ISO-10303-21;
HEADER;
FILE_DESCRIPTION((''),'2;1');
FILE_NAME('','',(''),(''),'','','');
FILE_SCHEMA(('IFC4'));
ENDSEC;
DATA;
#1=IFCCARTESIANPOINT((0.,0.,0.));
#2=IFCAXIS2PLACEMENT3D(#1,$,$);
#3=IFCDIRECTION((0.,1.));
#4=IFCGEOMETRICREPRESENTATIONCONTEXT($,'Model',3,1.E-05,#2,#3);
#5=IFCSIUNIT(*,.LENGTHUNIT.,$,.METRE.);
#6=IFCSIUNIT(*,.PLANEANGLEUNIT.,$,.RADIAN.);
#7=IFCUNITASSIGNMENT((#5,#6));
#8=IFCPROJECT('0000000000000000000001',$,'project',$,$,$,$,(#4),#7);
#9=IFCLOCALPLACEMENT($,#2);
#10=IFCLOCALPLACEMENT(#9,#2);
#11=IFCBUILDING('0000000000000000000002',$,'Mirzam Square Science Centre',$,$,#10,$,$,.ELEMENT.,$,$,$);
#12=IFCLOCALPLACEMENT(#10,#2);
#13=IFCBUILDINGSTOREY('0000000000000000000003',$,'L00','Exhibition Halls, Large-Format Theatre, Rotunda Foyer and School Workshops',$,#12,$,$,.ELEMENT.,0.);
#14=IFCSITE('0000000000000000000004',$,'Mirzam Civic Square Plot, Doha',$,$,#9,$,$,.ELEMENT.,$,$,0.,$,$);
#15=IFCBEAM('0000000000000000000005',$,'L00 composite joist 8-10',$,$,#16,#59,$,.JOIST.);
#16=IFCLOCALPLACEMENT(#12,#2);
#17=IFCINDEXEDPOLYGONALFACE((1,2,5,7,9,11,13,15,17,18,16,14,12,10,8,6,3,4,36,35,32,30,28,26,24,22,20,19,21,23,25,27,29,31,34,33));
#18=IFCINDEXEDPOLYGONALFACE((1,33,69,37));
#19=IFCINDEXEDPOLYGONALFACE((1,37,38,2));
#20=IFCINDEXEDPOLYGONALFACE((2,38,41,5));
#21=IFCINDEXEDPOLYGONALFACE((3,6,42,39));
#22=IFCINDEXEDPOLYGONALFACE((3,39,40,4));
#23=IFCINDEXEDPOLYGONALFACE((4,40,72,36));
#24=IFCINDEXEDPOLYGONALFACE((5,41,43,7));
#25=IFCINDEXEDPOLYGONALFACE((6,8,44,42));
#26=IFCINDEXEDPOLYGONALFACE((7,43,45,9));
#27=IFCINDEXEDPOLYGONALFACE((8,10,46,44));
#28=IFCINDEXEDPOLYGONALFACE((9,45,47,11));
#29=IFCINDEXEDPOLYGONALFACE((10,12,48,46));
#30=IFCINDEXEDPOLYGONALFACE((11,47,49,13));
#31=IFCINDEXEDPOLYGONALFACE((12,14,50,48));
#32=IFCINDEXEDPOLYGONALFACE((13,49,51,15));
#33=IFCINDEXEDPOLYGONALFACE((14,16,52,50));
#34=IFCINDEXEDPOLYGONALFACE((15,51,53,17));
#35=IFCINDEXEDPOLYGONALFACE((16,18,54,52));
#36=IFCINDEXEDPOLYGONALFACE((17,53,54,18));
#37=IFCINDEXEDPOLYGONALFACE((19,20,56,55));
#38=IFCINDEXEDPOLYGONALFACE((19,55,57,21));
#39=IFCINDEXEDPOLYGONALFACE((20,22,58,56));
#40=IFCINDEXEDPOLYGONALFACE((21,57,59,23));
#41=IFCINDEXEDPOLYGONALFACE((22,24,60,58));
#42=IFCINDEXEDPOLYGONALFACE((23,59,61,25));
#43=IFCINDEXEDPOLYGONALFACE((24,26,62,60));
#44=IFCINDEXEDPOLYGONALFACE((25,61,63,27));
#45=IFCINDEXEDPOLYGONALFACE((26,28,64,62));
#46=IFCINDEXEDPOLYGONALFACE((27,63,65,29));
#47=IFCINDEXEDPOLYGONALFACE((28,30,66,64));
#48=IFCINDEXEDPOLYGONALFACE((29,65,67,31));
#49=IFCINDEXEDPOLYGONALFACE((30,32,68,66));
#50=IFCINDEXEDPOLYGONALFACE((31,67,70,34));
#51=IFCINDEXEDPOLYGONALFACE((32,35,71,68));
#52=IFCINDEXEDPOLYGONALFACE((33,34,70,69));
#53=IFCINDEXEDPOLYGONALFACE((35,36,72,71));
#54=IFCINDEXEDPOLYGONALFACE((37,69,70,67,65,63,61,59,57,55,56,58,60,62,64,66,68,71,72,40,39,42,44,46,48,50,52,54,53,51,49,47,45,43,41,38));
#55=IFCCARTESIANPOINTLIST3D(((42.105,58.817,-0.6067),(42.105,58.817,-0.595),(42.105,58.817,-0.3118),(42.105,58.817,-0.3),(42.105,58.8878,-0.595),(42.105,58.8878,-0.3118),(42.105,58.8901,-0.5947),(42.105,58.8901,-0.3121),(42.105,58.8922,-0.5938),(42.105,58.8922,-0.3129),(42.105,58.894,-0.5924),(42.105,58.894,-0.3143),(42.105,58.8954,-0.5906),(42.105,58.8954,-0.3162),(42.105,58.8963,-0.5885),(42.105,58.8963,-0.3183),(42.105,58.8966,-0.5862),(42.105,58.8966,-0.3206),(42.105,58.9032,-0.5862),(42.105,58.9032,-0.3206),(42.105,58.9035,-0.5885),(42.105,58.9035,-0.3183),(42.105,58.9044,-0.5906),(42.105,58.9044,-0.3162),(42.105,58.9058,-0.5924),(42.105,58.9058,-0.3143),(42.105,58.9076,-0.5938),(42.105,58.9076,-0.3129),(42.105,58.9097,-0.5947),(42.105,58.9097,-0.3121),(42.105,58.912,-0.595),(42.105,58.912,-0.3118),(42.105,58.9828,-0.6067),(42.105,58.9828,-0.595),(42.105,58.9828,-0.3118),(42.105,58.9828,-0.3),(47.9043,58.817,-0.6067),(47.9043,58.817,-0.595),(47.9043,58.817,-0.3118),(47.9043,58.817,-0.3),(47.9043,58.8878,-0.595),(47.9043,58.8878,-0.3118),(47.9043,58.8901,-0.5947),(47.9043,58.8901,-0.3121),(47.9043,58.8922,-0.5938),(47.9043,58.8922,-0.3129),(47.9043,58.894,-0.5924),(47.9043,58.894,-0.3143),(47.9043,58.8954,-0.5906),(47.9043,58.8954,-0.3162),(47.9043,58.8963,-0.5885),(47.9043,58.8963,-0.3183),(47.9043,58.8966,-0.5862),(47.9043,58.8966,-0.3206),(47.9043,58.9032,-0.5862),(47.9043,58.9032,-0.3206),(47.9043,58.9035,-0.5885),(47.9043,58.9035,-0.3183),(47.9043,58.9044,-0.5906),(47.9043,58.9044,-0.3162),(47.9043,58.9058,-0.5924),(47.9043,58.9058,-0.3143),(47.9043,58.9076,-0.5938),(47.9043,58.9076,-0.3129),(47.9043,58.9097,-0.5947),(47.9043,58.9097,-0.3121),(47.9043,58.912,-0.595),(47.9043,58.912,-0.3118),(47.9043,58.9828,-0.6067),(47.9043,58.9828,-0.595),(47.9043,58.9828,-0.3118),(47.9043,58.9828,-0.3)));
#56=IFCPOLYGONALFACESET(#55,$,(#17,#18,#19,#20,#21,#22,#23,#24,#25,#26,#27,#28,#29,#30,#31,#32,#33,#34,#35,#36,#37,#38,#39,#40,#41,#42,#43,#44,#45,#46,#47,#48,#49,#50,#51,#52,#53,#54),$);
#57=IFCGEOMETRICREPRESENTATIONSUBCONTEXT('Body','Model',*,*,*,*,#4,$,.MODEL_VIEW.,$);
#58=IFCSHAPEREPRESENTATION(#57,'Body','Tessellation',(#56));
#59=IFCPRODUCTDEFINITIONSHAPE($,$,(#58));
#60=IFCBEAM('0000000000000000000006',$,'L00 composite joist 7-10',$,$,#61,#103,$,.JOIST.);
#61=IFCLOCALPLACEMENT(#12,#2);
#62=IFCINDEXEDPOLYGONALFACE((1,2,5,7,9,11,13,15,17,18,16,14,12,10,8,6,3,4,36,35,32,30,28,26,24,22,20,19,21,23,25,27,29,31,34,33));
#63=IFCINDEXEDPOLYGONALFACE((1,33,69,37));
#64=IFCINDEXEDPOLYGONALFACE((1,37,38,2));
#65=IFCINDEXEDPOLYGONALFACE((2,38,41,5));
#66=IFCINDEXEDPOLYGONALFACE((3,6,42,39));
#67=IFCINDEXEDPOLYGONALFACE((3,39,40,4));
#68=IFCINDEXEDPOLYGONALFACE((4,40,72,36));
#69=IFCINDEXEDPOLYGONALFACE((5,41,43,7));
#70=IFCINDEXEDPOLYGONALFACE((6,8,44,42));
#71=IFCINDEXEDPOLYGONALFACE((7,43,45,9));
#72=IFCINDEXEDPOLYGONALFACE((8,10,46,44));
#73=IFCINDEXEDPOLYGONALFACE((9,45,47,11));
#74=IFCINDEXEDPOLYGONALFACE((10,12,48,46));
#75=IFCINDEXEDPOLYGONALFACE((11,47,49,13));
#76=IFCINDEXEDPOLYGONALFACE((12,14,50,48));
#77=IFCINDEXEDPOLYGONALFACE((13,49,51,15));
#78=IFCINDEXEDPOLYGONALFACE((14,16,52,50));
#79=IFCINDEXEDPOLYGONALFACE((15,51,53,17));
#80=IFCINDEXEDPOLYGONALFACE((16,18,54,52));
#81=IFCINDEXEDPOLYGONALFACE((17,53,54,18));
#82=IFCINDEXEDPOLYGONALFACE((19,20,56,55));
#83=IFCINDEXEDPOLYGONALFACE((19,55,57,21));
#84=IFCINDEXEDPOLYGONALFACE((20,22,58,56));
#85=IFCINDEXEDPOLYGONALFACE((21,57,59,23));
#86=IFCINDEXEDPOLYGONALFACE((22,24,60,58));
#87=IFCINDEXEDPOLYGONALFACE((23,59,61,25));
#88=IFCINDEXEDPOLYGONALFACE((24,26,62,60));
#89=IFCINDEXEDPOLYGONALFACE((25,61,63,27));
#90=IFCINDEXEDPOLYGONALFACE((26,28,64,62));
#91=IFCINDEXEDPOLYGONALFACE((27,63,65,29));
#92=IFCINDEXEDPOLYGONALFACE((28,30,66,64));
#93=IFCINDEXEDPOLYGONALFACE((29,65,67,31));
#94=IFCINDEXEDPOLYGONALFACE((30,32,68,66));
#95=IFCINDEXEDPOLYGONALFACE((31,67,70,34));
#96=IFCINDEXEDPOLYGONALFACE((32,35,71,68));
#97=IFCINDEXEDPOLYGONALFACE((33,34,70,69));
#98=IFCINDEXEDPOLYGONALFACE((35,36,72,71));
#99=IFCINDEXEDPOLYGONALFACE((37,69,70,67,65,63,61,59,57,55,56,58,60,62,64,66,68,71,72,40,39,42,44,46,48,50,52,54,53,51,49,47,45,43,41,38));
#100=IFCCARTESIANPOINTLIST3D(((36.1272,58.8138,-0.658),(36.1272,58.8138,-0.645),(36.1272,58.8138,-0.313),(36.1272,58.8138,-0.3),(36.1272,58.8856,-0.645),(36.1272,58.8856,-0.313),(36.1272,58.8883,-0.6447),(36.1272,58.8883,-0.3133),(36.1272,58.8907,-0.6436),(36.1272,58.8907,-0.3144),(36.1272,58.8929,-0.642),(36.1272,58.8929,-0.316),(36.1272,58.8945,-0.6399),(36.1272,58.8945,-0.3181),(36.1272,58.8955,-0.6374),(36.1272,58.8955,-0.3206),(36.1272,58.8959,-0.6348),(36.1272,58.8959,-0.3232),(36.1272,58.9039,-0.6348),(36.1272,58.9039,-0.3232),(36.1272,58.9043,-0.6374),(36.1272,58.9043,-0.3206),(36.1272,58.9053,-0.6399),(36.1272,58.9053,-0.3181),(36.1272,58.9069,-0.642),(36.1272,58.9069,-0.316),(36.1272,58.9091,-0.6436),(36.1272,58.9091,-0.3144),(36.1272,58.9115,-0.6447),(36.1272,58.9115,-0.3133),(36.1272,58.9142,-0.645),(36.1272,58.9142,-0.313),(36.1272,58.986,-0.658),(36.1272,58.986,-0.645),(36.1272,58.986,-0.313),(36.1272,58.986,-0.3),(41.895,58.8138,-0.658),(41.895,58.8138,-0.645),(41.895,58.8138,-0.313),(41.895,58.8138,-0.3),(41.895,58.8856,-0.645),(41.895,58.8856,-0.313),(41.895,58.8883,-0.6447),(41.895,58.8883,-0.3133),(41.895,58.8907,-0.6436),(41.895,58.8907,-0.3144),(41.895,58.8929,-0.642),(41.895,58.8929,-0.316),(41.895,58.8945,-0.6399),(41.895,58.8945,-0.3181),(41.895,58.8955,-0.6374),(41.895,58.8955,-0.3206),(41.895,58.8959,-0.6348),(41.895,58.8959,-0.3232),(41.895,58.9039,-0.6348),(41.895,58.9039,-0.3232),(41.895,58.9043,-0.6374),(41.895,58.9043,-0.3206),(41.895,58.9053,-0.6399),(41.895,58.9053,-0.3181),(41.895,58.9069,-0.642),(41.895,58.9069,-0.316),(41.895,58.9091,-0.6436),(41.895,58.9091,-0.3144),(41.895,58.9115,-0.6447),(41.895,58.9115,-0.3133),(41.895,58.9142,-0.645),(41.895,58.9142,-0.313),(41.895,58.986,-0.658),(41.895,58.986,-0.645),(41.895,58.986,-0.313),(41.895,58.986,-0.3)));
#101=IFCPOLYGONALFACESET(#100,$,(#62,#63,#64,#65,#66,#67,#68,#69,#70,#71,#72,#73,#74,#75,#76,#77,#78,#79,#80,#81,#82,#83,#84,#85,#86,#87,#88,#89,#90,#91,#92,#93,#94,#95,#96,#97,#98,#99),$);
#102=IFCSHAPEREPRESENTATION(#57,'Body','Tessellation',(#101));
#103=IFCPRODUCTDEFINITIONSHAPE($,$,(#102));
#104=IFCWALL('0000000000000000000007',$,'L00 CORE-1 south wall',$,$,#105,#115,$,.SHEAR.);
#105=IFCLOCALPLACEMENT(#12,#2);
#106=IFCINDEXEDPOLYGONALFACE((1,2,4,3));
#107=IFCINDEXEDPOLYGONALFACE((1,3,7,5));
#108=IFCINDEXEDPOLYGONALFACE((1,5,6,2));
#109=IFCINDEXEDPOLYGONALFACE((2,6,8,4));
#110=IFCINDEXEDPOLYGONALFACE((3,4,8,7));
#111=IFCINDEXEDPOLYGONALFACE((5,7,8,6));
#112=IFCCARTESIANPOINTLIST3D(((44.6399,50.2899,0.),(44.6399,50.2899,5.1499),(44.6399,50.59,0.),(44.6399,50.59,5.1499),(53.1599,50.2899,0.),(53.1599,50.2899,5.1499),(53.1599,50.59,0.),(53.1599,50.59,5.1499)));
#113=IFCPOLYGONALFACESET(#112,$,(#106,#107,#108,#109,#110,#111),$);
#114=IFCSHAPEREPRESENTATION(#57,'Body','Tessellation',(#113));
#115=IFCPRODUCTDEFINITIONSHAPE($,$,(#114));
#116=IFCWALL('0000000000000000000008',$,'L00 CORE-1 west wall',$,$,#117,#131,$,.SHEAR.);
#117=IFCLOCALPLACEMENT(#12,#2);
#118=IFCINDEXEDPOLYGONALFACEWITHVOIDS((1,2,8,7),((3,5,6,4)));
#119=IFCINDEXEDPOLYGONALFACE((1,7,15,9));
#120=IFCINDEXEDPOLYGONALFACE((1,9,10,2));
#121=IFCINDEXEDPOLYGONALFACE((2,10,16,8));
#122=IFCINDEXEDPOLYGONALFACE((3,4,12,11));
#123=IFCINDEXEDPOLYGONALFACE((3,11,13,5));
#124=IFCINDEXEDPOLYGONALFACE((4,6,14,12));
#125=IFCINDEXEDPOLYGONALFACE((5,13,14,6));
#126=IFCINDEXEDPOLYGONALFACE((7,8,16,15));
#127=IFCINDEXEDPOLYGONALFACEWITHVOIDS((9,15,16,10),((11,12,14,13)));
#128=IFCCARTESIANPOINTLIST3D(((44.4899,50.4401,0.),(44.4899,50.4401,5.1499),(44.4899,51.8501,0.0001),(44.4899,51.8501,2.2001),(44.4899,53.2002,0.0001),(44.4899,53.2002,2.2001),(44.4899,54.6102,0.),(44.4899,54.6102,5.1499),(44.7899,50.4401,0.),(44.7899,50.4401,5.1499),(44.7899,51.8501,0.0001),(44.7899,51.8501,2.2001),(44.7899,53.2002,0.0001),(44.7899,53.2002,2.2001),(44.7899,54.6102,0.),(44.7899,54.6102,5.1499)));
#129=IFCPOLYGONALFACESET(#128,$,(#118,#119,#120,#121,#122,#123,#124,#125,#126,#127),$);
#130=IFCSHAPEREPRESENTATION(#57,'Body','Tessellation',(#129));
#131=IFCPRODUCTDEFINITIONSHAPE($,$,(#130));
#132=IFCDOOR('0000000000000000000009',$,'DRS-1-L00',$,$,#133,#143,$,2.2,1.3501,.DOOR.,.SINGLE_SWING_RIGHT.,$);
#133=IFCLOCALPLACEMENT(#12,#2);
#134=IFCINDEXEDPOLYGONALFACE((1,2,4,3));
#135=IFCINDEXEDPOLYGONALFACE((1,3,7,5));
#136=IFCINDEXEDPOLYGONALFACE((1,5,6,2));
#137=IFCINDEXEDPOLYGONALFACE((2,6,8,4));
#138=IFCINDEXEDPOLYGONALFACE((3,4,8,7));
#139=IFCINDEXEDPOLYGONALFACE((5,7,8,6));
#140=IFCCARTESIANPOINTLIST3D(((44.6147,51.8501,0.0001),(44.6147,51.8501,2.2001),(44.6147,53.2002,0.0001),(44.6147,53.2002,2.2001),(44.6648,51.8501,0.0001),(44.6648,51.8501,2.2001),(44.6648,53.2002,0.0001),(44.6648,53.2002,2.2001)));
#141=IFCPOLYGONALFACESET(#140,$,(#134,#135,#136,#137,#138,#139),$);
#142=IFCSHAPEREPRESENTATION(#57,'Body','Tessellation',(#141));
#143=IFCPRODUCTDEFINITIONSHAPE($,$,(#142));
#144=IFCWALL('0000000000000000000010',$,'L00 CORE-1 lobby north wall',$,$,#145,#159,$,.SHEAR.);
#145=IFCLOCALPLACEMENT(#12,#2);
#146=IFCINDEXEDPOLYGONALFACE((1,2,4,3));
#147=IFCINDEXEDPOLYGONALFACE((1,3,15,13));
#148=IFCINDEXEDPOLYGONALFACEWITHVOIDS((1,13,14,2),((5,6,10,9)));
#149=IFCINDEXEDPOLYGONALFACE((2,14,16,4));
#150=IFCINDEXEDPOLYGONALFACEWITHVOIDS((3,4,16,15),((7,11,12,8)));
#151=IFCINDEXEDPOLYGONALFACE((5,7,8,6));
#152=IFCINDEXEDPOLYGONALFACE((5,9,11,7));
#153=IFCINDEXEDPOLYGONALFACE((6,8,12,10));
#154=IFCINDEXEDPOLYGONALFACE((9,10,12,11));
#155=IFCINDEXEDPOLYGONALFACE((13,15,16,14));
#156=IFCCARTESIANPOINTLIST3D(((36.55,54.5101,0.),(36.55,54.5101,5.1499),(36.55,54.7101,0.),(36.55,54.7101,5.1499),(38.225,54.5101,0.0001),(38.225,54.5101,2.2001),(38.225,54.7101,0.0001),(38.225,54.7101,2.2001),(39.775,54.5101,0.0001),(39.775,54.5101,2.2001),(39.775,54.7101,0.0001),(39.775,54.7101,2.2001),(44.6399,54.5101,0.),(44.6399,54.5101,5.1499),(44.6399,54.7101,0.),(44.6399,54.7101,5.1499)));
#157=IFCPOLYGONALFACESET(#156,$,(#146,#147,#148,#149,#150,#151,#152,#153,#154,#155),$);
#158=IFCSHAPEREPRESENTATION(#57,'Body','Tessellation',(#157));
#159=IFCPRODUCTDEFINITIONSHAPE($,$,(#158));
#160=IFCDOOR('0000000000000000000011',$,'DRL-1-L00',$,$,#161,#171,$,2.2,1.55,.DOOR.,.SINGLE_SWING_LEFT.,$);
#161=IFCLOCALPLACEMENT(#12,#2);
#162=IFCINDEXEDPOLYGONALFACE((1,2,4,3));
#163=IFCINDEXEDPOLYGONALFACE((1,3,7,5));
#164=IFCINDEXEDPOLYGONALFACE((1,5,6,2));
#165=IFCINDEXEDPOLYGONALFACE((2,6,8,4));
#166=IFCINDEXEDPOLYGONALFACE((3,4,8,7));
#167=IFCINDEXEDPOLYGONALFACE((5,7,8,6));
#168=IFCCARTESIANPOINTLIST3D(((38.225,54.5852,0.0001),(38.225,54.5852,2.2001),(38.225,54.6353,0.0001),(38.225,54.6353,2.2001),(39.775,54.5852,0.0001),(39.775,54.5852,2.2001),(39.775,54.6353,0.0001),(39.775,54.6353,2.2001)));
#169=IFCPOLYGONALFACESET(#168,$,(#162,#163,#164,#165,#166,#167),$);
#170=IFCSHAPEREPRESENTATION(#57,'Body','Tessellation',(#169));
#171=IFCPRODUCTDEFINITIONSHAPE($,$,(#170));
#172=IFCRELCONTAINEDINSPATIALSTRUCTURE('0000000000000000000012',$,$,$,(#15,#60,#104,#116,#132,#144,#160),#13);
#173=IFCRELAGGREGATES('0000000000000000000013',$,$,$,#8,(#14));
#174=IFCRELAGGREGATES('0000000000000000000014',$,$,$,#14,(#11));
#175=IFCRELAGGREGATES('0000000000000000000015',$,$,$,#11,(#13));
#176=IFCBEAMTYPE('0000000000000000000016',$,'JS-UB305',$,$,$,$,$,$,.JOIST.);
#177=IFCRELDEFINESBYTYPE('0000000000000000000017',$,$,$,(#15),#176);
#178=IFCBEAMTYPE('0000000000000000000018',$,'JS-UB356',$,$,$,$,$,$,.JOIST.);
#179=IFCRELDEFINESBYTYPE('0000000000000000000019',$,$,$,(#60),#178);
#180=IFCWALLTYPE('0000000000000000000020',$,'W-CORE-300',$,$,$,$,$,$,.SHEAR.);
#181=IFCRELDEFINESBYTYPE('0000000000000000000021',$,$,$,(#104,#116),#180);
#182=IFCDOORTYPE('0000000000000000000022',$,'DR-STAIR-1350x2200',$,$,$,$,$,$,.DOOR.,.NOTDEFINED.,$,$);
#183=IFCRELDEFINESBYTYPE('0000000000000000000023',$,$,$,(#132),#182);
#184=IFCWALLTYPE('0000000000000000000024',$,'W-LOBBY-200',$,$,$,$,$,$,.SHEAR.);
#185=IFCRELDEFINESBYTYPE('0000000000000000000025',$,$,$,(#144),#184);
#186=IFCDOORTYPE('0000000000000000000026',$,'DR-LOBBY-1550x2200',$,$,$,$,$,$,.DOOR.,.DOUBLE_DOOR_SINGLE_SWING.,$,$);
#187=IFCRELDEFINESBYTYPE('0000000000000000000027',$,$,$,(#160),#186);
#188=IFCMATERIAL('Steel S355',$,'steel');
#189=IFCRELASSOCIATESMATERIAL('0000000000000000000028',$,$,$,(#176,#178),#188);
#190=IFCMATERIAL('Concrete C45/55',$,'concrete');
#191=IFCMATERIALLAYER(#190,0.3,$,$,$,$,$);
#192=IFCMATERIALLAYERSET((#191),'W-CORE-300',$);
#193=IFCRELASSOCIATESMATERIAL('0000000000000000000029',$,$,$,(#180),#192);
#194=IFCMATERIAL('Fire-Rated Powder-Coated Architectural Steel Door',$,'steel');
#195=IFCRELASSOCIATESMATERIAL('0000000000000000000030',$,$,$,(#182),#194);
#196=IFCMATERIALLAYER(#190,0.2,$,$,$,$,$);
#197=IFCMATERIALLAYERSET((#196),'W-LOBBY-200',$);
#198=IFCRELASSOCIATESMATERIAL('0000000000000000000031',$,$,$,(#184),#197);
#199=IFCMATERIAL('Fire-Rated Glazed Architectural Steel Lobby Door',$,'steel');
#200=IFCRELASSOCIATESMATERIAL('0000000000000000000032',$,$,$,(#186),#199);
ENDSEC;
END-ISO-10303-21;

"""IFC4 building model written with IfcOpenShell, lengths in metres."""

from ifc_helpers import new_model, si_unit, direction, frame, frame_2d, origin, origin_2d, place, context, subcontext, project, spatial, rectangle, i_section, extrude, material, layer, layer_set, material_profile, profile_set, type_object, element, fill, save


model = new_model("IFC4")

# Units and contexts
model_context = context("Model", 3, precision=1e-05, world=origin(), true_north=direction((0.0, 1.0)))
body_context = subcontext(model_context, "Body", "Model", "MODEL_VIEW")
ifc_project = project(units=[si_unit("LENGTHUNIT", "METRE"), si_unit("PLANEANGLEUNIT", "RADIAN")], contexts=[model_context])

# Site, building, storey
site_placement = place(None, origin())
site = spatial("IfcSite", under=ifc_project, at=site_placement, Name="Mirzam Civic Square Plot, Doha", CompositionType="ELEMENT", RefElevation=0.0)
building_placement = place(site_placement, origin())
building = spatial("IfcBuilding", under=site, at=building_placement, Name="Mirzam Square Science Centre", CompositionType="ELEMENT")
storey_placement = place(building_placement, origin())
storey = spatial("IfcBuildingStorey", under=building, at=storey_placement, Name="L00", Description="Exhibition Halls, Large-Format Theatre, Rotunda Foyer and School Workshops", CompositionType="ELEMENT", Elevation=0.0)

# Shared definitions
ifc_material_1 = material(Name="Steel S355", Category="steel")

# Beams
ifc_material_profile_1 = material_profile(ifc_material_1, i_section(OverallWidth=0.1658, OverallDepth=0.3066, WebThickness=0.0066, FlangeThickness=0.0117, FilletRadius=0.0088, at=origin_2d()), Name="305x165x46UB")
ifc_profile_set_1 = profile_set([ifc_material_profile_1], Name="Steel S355")
beam_type_1 = type_object("IfcBeamType", Name="JS-UB305", PredefinedType="JOIST", material=ifc_profile_set_1)
beam_1_placement = place(storey_placement, frame((42.105, 58.8999, -0.4534), z_axis=(1.0, 0.0, 0.0), x_axis=(0.0, 1.0, 0.0)))
element("IfcBeam", 1, at=beam_1_placement, inside=storey, type_object=beam_type_1, Name="L00 composite joist 8-10", PredefinedType="JOIST", context=body_context, shape_type="SweptSolid", body=[
    extrude(i_section(OverallWidth=0.1658, OverallDepth=0.3066, WebThickness=0.0066, FlangeThickness=0.0117, FilletRadius=0.0088, at=origin_2d()), origin(), (0.0, 0.0, 1.0), 5.7993),
])
ifc_material_profile_2 = material_profile(ifc_material_1, i_section(OverallWidth=0.1721, OverallDepth=0.3579, WebThickness=0.0081, FlangeThickness=0.0129, FilletRadius=0.0103, at=origin_2d()), Name="356x171x57UB")
ifc_profile_set_2 = profile_set([ifc_material_profile_2], Name="Steel S355")
beam_type_2 = type_object("IfcBeamType", Name="JS-UB356", PredefinedType="JOIST", material=ifc_profile_set_2)
beam_2_placement = place(storey_placement, frame((36.1272, 58.8999, -0.479), z_axis=(1.0, 0.0, 0.0), x_axis=(0.0, 1.0, 0.0)))
element("IfcBeam", 2, at=beam_2_placement, inside=storey, type_object=beam_type_2, Name="L00 composite joist 7-10", PredefinedType="JOIST", context=body_context, shape_type="SweptSolid", body=[
    extrude(i_section(OverallWidth=0.1721, OverallDepth=0.3579, WebThickness=0.0081, FlangeThickness=0.0129, FilletRadius=0.0103, at=origin_2d()), origin(), (0.0, 0.0, 1.0), 5.7678),
])

# Wall
ifc_material_2 = material(Name="Concrete C45/55", Category="concrete")
ifc_layer_1 = layer(ifc_material_2, 0.3)
ifc_layer_set_1 = layer_set([ifc_layer_1], Name="W-CORE-300")
wall_type_1 = type_object("IfcWallType", Name="W-CORE-300", PredefinedType="SHEAR", material=ifc_layer_set_1)
wall_1_placement = place(storey_placement, frame((44.6399, 50.4399, 0.0), z_axis=(0.0, 0.0, 1.0), x_axis=(1.0, 0.0, 0.0)))
element("IfcWall", 3, at=wall_1_placement, inside=storey, type_object=wall_type_1, Name="L00 CORE-1 south wall", PredefinedType="SHEAR", context=body_context, shape_type="SweptSolid", body=[
    extrude(rectangle(XDim=8.52, YDim=0.3, at=frame_2d((4.26, 0.0))), origin(), (0.0, 0.0, 1.0), 5.1499),
])

# Walls, openings, doors
wall_2_placement = place(storey_placement, frame((44.6399, 54.6101, 0.0), z_axis=(0.0, 0.0, 1.0), x_axis=(0.0, -1.0, 0.0)))
wall_2 = element("IfcWall", 4, at=wall_2_placement, inside=storey, type_object=wall_type_1, Name="L00 CORE-1 west wall", PredefinedType="SHEAR", context=body_context, shape_type="SweptSolid", body=[
    extrude(rectangle(XDim=4.1702, YDim=0.3, at=frame_2d((2.085, 0.0))), origin(), (0.0, 0.0, 1.0), 5.1499),
])
opening_1_placement = place(wall_2_placement, frame((1.4099, 0.0, 0.0)))
opening_1 = element("IfcOpeningElement", 5, at=opening_1_placement, cuts=wall_2, PredefinedType="OPENING", context=body_context, shape_type="SweptSolid", body=[
    extrude(rectangle(XDim=1.3501, YDim=2.2, at=frame_2d((0.675, 1.1001))), frame((0.0, 0.1599, 0.0), z_axis=(0.0, -1.0, 0.0), x_axis=(1.0, 0.0, 0.0)), (0.0, 0.0, 1.0), 0.3201),
])
ifc_material_3 = material(Name="Fire-Rated Powder-Coated Architectural Steel Door", Category="steel")
door_type_1 = type_object("IfcDoorType", Name="DR-STAIR-1350x2200", OperationType="NOTDEFINED", PredefinedType="DOOR", material=ifc_material_3)
door_1_placement = place(opening_1_placement, origin())
door_1 = element("IfcDoor", 6, at=door_1_placement, inside=storey, type_object=door_type_1, Name="DRS-1-L00", OperationType="SINGLE_SWING_RIGHT", OverallHeight=2.2, OverallWidth=1.3501, PredefinedType="DOOR", context=body_context, shape_type="SweptSolid", body=[
    extrude(rectangle(XDim=1.3501, YDim=2.2, at=frame_2d((0.675, 1.1001))), frame((0.0, 0.0249, 0.0), z_axis=(0.0, -1.0, 0.0), x_axis=(1.0, 0.0, 0.0)), (0.0, 0.0, 1.0), 0.05),
])
fill(opening_1, door_1)
ifc_layer_2 = layer(ifc_material_2, 0.2)
ifc_layer_set_2 = layer_set([ifc_layer_2], Name="W-LOBBY-200")
wall_type_2 = type_object("IfcWallType", Name="W-LOBBY-200", PredefinedType="SHEAR", material=ifc_layer_set_2)
wall_3_placement = place(storey_placement, frame((44.6399, 54.6101, 0.0), z_axis=(0.0, 0.0, 1.0), x_axis=(-1.0, 0.0, 0.0)))
wall_3 = element("IfcWall", 7, at=wall_3_placement, inside=storey, type_object=wall_type_2, Name="L00 CORE-1 lobby north wall", PredefinedType="SHEAR", context=body_context, shape_type="SweptSolid", body=[
    extrude(rectangle(XDim=8.0898, YDim=0.2, at=frame_2d((4.0449, 0.0))), origin(), (0.0, 0.0, 1.0), 5.1499),
])
opening_2_placement = place(wall_3_placement, frame((4.865, 0.0, 0.0)))
opening_2 = element("IfcOpeningElement", 8, at=opening_2_placement, cuts=wall_3, PredefinedType="OPENING", context=body_context, shape_type="SweptSolid", body=[
    extrude(rectangle(XDim=1.55, YDim=2.2, at=frame_2d((0.7749, 1.1001))), frame((0.0, 0.1099, 0.0), z_axis=(0.0, -1.0, 0.0), x_axis=(1.0, 0.0, 0.0)), (0.0, 0.0, 1.0), 0.22),
])
ifc_material_4 = material(Name="Fire-Rated Glazed Architectural Steel Lobby Door", Category="steel")
door_type_2 = type_object("IfcDoorType", Name="DR-LOBBY-1550x2200", OperationType="DOUBLE_DOOR_SINGLE_SWING", PredefinedType="DOOR", material=ifc_material_4)
door_2_placement = place(opening_2_placement, origin())
door_2 = element("IfcDoor", 9, at=door_2_placement, inside=storey, type_object=door_type_2, Name="DRL-1-L00", OperationType="SINGLE_SWING_LEFT", OverallHeight=2.2, OverallWidth=1.55, PredefinedType="DOOR", context=body_context, shape_type="SweptSolid", body=[
    extrude(rectangle(XDim=1.55, YDim=2.2, at=frame_2d((0.7749, 1.1001))), frame((0.0, 0.0249, 0.0), z_axis=(0.0, -1.0, 0.0), x_axis=(1.0, 0.0, 0.0)), (0.0, 0.0, 1.0), 0.05),
])
fill(opening_2, door_2)

save(model, "model.ifc")
